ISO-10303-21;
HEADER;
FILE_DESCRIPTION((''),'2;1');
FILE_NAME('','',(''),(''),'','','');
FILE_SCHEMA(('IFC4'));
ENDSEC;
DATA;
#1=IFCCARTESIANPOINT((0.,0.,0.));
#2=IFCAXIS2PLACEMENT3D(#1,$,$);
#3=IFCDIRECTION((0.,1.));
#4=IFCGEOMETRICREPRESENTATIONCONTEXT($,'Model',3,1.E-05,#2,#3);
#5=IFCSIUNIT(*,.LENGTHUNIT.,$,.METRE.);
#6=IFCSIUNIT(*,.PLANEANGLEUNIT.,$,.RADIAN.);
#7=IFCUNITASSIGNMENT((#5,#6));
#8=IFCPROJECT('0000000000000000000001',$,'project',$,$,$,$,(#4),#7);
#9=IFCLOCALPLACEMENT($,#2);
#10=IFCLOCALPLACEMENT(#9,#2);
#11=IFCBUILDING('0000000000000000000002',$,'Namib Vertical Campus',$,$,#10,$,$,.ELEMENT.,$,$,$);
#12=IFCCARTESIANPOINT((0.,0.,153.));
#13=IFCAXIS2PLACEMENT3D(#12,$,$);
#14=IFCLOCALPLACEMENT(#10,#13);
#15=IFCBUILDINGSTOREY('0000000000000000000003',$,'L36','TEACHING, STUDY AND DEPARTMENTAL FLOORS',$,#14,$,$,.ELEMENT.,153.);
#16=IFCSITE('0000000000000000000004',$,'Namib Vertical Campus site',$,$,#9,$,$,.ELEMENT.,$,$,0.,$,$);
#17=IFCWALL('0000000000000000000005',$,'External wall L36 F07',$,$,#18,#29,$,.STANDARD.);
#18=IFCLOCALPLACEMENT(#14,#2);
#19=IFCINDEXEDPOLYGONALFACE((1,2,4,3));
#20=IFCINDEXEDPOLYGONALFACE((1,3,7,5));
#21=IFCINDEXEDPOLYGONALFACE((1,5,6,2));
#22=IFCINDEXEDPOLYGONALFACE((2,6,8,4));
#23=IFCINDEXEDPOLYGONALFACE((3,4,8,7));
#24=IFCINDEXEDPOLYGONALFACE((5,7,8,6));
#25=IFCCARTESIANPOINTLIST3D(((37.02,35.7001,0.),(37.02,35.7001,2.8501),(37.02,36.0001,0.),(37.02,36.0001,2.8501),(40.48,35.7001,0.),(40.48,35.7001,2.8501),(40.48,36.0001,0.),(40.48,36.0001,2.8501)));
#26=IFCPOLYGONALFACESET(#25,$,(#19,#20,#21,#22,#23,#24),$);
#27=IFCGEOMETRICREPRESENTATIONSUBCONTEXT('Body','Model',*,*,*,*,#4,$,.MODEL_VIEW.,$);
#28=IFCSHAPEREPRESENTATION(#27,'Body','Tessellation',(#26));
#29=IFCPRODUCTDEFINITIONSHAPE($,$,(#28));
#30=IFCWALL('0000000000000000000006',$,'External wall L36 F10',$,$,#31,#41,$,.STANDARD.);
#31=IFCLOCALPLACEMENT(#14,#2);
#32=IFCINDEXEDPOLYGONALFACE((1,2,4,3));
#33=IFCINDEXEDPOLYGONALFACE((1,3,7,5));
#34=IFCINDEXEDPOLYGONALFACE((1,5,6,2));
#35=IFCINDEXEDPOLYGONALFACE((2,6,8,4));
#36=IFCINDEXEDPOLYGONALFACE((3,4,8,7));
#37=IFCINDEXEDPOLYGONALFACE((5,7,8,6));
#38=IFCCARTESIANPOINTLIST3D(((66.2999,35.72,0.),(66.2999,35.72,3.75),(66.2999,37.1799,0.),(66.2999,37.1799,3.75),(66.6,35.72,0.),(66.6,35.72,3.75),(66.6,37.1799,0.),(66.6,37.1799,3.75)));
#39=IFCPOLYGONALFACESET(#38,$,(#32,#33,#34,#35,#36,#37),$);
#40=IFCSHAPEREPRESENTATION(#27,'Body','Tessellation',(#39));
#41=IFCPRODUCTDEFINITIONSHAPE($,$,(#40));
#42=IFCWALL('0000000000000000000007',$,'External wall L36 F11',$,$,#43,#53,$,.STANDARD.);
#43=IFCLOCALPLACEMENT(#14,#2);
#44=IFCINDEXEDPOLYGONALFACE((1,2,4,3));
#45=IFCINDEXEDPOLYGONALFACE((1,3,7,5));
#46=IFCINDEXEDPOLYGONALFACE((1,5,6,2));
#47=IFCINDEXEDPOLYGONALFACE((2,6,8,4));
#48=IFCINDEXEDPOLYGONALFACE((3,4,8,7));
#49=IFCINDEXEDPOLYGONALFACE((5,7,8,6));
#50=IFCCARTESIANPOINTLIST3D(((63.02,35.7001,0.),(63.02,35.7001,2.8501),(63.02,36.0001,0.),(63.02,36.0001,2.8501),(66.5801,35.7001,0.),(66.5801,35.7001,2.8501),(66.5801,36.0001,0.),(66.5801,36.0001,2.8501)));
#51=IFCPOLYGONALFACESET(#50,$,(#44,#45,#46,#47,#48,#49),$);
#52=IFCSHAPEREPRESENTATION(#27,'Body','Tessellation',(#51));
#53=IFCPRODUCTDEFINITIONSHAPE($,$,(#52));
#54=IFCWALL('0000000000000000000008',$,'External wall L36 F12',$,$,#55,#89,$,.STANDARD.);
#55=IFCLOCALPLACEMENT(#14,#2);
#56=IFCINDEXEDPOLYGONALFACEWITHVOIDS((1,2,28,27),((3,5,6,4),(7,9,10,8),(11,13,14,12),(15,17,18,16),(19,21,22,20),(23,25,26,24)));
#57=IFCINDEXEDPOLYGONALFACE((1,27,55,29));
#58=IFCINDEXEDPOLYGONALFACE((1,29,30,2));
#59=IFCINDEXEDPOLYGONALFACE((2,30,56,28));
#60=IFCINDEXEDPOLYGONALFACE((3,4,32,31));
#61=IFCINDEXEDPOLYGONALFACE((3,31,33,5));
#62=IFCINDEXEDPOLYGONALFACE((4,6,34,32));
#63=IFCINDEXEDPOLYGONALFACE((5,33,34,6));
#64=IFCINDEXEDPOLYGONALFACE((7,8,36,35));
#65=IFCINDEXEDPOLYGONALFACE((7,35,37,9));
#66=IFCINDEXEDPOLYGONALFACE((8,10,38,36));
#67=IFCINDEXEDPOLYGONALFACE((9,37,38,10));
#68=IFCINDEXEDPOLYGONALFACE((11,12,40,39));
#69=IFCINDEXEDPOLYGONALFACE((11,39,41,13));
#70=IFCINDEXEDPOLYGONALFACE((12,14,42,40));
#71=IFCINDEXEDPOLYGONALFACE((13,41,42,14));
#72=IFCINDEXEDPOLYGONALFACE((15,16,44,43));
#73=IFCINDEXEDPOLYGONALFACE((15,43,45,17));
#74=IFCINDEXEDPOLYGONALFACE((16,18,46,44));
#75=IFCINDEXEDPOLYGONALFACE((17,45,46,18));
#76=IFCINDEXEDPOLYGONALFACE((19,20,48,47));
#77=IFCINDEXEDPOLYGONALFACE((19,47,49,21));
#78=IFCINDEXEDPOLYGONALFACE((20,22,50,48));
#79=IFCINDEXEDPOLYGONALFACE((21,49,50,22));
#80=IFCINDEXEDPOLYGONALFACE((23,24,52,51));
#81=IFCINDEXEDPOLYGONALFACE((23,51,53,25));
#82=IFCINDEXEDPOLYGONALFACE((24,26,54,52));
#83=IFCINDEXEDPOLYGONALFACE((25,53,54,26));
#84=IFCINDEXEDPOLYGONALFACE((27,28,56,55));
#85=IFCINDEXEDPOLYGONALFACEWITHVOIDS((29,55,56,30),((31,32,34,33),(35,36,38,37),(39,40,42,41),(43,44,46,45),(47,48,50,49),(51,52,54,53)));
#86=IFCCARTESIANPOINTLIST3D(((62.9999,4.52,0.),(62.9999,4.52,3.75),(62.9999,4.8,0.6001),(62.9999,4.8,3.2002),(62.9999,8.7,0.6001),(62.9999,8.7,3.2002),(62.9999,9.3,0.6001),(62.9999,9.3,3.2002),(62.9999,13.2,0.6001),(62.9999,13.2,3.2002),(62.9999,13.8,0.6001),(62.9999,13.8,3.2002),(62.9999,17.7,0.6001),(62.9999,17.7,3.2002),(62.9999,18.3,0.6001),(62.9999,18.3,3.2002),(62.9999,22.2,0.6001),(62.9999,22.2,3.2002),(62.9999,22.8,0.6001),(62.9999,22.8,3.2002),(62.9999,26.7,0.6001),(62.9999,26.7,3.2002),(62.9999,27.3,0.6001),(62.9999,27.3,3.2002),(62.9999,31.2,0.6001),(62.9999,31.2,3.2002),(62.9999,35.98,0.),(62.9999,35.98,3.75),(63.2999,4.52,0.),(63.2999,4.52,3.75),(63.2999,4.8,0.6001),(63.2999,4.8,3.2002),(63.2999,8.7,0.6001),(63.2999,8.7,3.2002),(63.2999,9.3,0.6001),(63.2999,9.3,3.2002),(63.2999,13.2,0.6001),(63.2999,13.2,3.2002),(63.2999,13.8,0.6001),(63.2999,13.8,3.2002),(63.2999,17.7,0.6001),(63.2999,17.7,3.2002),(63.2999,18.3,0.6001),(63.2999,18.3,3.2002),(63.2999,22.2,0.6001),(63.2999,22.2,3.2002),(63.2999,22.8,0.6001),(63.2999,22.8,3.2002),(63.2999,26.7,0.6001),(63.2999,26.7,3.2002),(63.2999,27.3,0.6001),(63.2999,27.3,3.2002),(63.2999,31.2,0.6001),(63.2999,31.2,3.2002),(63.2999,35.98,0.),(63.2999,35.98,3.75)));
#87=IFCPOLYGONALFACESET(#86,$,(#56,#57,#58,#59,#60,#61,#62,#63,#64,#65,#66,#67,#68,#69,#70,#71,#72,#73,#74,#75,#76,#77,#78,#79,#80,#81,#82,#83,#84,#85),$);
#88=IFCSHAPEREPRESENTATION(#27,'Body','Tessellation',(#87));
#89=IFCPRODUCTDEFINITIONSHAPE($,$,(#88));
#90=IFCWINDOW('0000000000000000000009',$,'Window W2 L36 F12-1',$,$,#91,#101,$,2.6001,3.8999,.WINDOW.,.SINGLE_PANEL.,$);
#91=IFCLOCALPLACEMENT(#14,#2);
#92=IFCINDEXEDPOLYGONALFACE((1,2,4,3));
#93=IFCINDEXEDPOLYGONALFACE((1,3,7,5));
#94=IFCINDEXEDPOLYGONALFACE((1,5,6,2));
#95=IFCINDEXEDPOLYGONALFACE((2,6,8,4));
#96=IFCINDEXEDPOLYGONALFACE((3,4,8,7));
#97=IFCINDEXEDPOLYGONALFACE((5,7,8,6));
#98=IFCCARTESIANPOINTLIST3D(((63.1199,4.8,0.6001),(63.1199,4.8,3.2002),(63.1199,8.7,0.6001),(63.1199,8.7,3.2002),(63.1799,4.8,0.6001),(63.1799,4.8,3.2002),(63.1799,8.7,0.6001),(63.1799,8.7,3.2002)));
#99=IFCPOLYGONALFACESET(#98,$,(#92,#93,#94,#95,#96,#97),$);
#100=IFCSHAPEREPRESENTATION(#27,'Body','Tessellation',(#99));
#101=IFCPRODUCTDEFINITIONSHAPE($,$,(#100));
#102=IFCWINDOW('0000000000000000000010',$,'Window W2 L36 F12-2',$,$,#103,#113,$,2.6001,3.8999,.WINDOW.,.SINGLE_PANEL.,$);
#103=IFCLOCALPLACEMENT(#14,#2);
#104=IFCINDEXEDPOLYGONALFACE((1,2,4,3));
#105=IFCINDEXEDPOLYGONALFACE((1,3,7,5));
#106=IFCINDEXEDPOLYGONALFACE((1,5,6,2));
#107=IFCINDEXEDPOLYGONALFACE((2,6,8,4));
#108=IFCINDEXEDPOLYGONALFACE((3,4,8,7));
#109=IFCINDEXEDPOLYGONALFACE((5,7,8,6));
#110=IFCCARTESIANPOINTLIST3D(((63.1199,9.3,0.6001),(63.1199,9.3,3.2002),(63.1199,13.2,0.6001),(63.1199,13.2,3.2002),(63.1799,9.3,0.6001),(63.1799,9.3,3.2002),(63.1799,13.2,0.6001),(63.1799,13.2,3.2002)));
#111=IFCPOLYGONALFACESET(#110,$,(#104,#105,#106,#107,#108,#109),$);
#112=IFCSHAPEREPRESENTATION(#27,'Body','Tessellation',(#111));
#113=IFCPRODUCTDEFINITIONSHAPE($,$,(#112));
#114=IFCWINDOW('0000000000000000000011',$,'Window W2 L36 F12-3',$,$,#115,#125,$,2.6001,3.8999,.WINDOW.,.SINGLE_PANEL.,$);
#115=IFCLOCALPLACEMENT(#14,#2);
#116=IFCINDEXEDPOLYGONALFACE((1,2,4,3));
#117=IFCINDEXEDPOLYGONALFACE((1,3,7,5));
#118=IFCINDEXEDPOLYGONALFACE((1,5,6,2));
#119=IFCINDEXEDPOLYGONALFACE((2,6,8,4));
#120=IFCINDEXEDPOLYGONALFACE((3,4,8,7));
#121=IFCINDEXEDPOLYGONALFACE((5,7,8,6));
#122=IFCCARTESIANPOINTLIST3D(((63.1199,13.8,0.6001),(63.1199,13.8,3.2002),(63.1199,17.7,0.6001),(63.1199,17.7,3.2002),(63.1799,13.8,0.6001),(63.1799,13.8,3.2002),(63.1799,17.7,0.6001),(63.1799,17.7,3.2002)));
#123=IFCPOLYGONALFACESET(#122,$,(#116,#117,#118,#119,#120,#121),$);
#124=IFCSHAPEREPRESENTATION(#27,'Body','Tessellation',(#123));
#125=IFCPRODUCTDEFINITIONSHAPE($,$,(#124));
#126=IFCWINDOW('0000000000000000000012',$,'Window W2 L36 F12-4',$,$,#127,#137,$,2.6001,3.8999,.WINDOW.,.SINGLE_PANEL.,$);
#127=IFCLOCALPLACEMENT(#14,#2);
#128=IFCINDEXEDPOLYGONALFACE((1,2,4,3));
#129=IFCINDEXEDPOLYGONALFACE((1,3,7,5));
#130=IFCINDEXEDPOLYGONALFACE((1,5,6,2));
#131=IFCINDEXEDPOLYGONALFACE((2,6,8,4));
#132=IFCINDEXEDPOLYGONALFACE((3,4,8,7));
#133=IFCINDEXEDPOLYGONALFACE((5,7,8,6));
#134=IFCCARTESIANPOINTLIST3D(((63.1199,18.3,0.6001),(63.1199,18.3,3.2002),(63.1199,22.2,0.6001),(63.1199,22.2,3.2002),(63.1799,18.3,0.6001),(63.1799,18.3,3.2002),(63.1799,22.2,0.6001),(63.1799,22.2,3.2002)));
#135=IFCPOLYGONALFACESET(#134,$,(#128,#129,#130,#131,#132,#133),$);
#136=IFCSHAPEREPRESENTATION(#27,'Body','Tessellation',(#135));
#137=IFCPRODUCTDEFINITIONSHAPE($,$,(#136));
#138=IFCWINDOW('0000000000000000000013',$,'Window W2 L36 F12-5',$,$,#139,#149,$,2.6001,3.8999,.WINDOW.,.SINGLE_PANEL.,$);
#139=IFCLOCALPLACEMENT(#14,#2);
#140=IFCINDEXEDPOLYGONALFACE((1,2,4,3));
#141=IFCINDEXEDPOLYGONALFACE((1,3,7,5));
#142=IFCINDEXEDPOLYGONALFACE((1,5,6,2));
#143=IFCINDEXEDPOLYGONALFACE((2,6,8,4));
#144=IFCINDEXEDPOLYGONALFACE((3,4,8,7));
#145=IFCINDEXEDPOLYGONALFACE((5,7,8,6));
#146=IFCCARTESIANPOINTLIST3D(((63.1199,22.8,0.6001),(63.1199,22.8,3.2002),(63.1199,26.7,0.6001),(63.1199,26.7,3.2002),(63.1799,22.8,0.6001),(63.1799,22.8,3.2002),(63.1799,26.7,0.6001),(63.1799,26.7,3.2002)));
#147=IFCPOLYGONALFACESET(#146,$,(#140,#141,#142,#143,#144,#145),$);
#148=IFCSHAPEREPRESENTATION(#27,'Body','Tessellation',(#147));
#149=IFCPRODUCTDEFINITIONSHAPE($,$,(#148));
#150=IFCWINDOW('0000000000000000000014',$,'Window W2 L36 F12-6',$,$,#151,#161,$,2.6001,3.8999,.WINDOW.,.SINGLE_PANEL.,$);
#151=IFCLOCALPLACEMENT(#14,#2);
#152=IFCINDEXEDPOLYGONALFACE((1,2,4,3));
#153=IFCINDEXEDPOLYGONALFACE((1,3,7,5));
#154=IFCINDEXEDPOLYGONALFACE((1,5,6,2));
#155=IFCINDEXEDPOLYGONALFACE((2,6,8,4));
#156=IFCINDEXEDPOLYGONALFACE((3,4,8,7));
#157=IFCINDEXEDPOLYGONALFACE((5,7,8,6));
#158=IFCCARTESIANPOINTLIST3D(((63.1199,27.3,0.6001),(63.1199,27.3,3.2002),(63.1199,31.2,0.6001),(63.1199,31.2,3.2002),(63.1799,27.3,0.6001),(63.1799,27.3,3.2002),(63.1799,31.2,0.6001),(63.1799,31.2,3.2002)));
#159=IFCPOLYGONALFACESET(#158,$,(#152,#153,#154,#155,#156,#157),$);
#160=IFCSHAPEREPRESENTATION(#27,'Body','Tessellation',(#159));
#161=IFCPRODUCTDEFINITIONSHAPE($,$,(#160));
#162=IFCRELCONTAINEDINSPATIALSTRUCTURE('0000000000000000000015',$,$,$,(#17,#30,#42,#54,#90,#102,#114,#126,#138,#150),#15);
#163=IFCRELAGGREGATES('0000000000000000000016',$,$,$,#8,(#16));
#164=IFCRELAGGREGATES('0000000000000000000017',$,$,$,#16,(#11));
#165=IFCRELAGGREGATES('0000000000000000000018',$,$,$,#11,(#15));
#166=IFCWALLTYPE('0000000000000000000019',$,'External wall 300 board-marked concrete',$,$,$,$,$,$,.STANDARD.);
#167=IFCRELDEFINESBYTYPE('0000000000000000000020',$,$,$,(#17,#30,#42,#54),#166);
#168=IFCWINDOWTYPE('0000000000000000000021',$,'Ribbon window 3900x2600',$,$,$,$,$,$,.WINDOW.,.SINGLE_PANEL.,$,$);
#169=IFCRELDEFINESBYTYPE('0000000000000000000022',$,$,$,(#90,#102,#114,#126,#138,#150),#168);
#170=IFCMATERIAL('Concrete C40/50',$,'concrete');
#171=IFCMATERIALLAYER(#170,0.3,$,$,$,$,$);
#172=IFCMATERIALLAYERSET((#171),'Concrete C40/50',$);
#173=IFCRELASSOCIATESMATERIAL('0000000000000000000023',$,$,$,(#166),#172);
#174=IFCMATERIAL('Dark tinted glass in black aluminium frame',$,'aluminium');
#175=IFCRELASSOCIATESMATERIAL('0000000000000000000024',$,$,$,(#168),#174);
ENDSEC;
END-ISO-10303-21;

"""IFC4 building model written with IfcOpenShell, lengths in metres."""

from ifc_helpers import new_model, si_unit, direction, frame, frame_2d, origin, place, context, subcontext, project, spatial, rectangle, extrude, material, layer, layer_set, type_object, element, fill, save


model = new_model("IFC4")

# Units and contexts
model_context = context("Model", 3, precision=1e-05, world=origin(), true_north=direction((0.0, 1.0)))
body_context = subcontext(model_context, "Body", "Model", "MODEL_VIEW")
ifc_project = project(units=[si_unit("LENGTHUNIT", "METRE"), si_unit("PLANEANGLEUNIT", "RADIAN")], contexts=[model_context])

# Site, building, storey
site_placement = place(None, origin())
site = spatial("IfcSite", under=ifc_project, at=site_placement, Name="Namib Vertical Campus site", CompositionType="ELEMENT", RefElevation=0.0)
building_placement = place(site_placement, origin())
building = spatial("IfcBuilding", under=site, at=building_placement, Name="Namib Vertical Campus", CompositionType="ELEMENT")
storey_placement = place(building_placement, frame((0.0, 0.0, 153.0)))
storey = spatial("IfcBuildingStorey", under=building, at=storey_placement, Name="L36", Description="TEACHING, STUDY AND DEPARTMENTAL FLOORS", CompositionType="ELEMENT", Elevation=153.0)

# Walls
ifc_material_1 = material(Name="Concrete C40/50", Category="concrete")
ifc_layer_1 = layer(ifc_material_1, 0.3)
ifc_layer_set_1 = layer_set([ifc_layer_1], Name="Concrete C40/50")
wall_type_1 = type_object("IfcWallType", Name="External wall 300 board-marked concrete", PredefinedType="STANDARD", material=ifc_layer_set_1)
wall_1_placement = place(storey_placement, frame((40.48, 35.8501, 0.0), z_axis=(0.0, 0.0, 1.0), x_axis=(-1.0, 0.0, 0.0)))
element("IfcWall", 1, at=wall_1_placement, inside=storey, type_object=wall_type_1, Name="External wall L36 F07", PredefinedType="STANDARD", context=body_context, shape_type="SweptSolid", body=[
    extrude(rectangle(XDim=3.46, YDim=0.3, at=frame_2d((1.73, 0.0))), origin(), (0.0, 0.0, 1.0), 2.8501),
])
wall_2_placement = place(storey_placement, frame((66.45, 37.1799, 0.0), z_axis=(0.0, 0.0, 1.0), x_axis=(0.0, -1.0, 0.0)))
element("IfcWall", 2, at=wall_2_placement, inside=storey, type_object=wall_type_1, Name="External wall L36 F10", PredefinedType="STANDARD", context=body_context, shape_type="SweptSolid", body=[
    extrude(rectangle(XDim=1.46, YDim=0.3, at=frame_2d((0.73, 0.0))), origin(), (0.0, 0.0, 1.0), 3.75),
])
wall_3_placement = place(storey_placement, frame((66.5801, 35.8501, 0.0), z_axis=(0.0, 0.0, 1.0), x_axis=(-1.0, 0.0, 0.0)))
element("IfcWall", 3, at=wall_3_placement, inside=storey, type_object=wall_type_1, Name="External wall L36 F11", PredefinedType="STANDARD", context=body_context, shape_type="SweptSolid", body=[
    extrude(rectangle(XDim=3.5601, YDim=0.3, at=frame_2d((1.78, 0.0))), origin(), (0.0, 0.0, 1.0), 2.8501),
])

# Wall, openings, windows
wall_4_placement = place(storey_placement, frame((63.1499, 35.98, 0.0), z_axis=(0.0, 0.0, 1.0), x_axis=(0.0, -1.0, 0.0)))
wall_4 = element("IfcWall", 4, at=wall_4_placement, inside=storey, type_object=wall_type_1, Name="External wall L36 F12", PredefinedType="STANDARD", context=body_context, shape_type="SweptSolid", body=[
    extrude(rectangle(XDim=31.46, YDim=0.3, at=frame_2d((15.73, 0.0))), origin(), (0.0, 0.0, 1.0), 3.75),
])
opening_1_placement = place(wall_4_placement, frame((27.28, 0.0, 0.6001)))
opening_1 = element("IfcOpeningElement", 5, at=opening_1_placement, cuts=wall_4, PredefinedType="OPENING", context=body_context, shape_type="SweptSolid", body=[
    extrude(rectangle(XDim=3.8999, YDim=2.6001, at=frame_2d((1.95, 1.3))), frame((0.0, 0.1599, 0.0), z_axis=(0.0, -1.0, 0.0), x_axis=(1.0, 0.0, 0.0)), (0.0, 0.0, 1.0), 0.3201),
])
opening_2_placement = place(wall_4_placement, frame((22.78, 0.0, 0.6001)))
opening_2 = element("IfcOpeningElement", 6, at=opening_2_placement, cuts=wall_4, PredefinedType="OPENING", context=body_context, shape_type="SweptSolid", body=[
    extrude(rectangle(XDim=3.8999, YDim=2.6001, at=frame_2d((1.95, 1.3))), frame((0.0, 0.1599, 0.0), z_axis=(0.0, -1.0, 0.0), x_axis=(1.0, 0.0, 0.0)), (0.0, 0.0, 1.0), 0.3201),
])
opening_3_placement = place(wall_4_placement, frame((18.28, 0.0, 0.6001)))
opening_3 = element("IfcOpeningElement", 7, at=opening_3_placement, cuts=wall_4, PredefinedType="OPENING", context=body_context, shape_type="SweptSolid", body=[
    extrude(rectangle(XDim=3.8999, YDim=2.6001, at=frame_2d((1.95, 1.3))), frame((0.0, 0.1599, 0.0), z_axis=(0.0, -1.0, 0.0), x_axis=(1.0, 0.0, 0.0)), (0.0, 0.0, 1.0), 0.3201),
])
opening_4_placement = place(wall_4_placement, frame((13.78, 0.0, 0.6001)))
opening_4 = element("IfcOpeningElement", 8, at=opening_4_placement, cuts=wall_4, PredefinedType="OPENING", context=body_context, shape_type="SweptSolid", body=[
    extrude(rectangle(XDim=3.8999, YDim=2.6001, at=frame_2d((1.95, 1.3))), frame((0.0, 0.1599, 0.0), z_axis=(0.0, -1.0, 0.0), x_axis=(1.0, 0.0, 0.0)), (0.0, 0.0, 1.0), 0.3201),
])
opening_5_placement = place(wall_4_placement, frame((9.28, 0.0, 0.6001)))
opening_5 = element("IfcOpeningElement", 9, at=opening_5_placement, cuts=wall_4, PredefinedType="OPENING", context=body_context, shape_type="SweptSolid", body=[
    extrude(rectangle(XDim=3.8999, YDim=2.6001, at=frame_2d((1.95, 1.3))), frame((0.0, 0.1599, 0.0), z_axis=(0.0, -1.0, 0.0), x_axis=(1.0, 0.0, 0.0)), (0.0, 0.0, 1.0), 0.3201),
])
opening_6_placement = place(wall_4_placement, frame((4.78, 0.0, 0.6001)))
opening_6 = element("IfcOpeningElement", 10, at=opening_6_placement, cuts=wall_4, PredefinedType="OPENING", context=body_context, shape_type="SweptSolid", body=[
    extrude(rectangle(XDim=3.8999, YDim=2.6001, at=frame_2d((1.95, 1.3))), frame((0.0, 0.1599, 0.0), z_axis=(0.0, -1.0, 0.0), x_axis=(1.0, 0.0, 0.0)), (0.0, 0.0, 1.0), 0.3201),
])
ifc_material_2 = material(Name="Dark tinted glass in black aluminium frame", Category="aluminium")
window_type = type_object("IfcWindowType", Name="Ribbon window 3900x2600", PartitioningType="SINGLE_PANEL", PredefinedType="WINDOW", material=ifc_material_2)
window_1_placement = place(opening_1_placement, origin())
window_1 = element("IfcWindow", 11, at=window_1_placement, inside=storey, type_object=window_type, Name="Window W2 L36 F12-1", OverallHeight=2.6001, OverallWidth=3.8999, PartitioningType="SINGLE_PANEL", PredefinedType="WINDOW", context=body_context, shape_type="SweptSolid", body=[
    extrude(rectangle(XDim=3.8999, YDim=2.6001, at=frame_2d((1.95, 1.3))), frame((0.0, 0.03, 0.0), z_axis=(0.0, -1.0, 0.0), x_axis=(1.0, 0.0, 0.0)), (0.0, 0.0, 1.0), 0.0601),
])
fill(opening_1, window_1)
window_2_placement = place(opening_2_placement, origin())
window_2 = element("IfcWindow", 12, at=window_2_placement, inside=storey, type_object=window_type, Name="Window W2 L36 F12-2", OverallHeight=2.6001, OverallWidth=3.8999, PartitioningType="SINGLE_PANEL", PredefinedType="WINDOW", context=body_context, shape_type="SweptSolid", body=[
    extrude(rectangle(XDim=3.8999, YDim=2.6001, at=frame_2d((1.95, 1.3))), frame((0.0, 0.03, 0.0), z_axis=(0.0, -1.0, 0.0), x_axis=(1.0, 0.0, 0.0)), (0.0, 0.0, 1.0), 0.0601),
])
fill(opening_2, window_2)
window_3_placement = place(opening_3_placement, origin())
window_3 = element("IfcWindow", 13, at=window_3_placement, inside=storey, type_object=window_type, Name="Window W2 L36 F12-3", OverallHeight=2.6001, OverallWidth=3.8999, PartitioningType="SINGLE_PANEL", PredefinedType="WINDOW", context=body_context, shape_type="SweptSolid", body=[
    extrude(rectangle(XDim=3.8999, YDim=2.6001, at=frame_2d((1.95, 1.3))), frame((0.0, 0.03, 0.0), z_axis=(0.0, -1.0, 0.0), x_axis=(1.0, 0.0, 0.0)), (0.0, 0.0, 1.0), 0.0601),
])
fill(opening_3, window_3)
window_4_placement = place(opening_4_placement, origin())
window_4 = element("IfcWindow", 14, at=window_4_placement, inside=storey, type_object=window_type, Name="Window W2 L36 F12-4", OverallHeight=2.6001, OverallWidth=3.8999, PartitioningType="SINGLE_PANEL", PredefinedType="WINDOW", context=body_context, shape_type="SweptSolid", body=[
    extrude(rectangle(XDim=3.8999, YDim=2.6001, at=frame_2d((1.95, 1.3))), frame((0.0, 0.03, 0.0), z_axis=(0.0, -1.0, 0.0), x_axis=(1.0, 0.0, 0.0)), (0.0, 0.0, 1.0), 0.0601),
])
fill(opening_4, window_4)
window_5_placement = place(opening_5_placement, origin())
window_5 = element("IfcWindow", 15, at=window_5_placement, inside=storey, type_object=window_type, Name="Window W2 L36 F12-5", OverallHeight=2.6001, OverallWidth=3.8999, PartitioningType="SINGLE_PANEL", PredefinedType="WINDOW", context=body_context, shape_type="SweptSolid", body=[
    extrude(rectangle(XDim=3.8999, YDim=2.6001, at=frame_2d((1.95, 1.3))), frame((0.0, 0.03, 0.0), z_axis=(0.0, -1.0, 0.0), x_axis=(1.0, 0.0, 0.0)), (0.0, 0.0, 1.0), 0.0601),
])
fill(opening_5, window_5)
window_6_placement = place(opening_6_placement, origin())
window_6 = element("IfcWindow", 16, at=window_6_placement, inside=storey, type_object=window_type, Name="Window W2 L36 F12-6", OverallHeight=2.6001, OverallWidth=3.8999, PartitioningType="SINGLE_PANEL", PredefinedType="WINDOW", context=body_context, shape_type="SweptSolid", body=[
    extrude(rectangle(XDim=3.8999, YDim=2.6001, at=frame_2d((1.95, 1.3))), frame((0.0, 0.03, 0.0), z_axis=(0.0, -1.0, 0.0), x_axis=(1.0, 0.0, 0.0)), (0.0, 0.0, 1.0), 0.0601),
])
fill(opening_6, window_6)

save(model, "model.ifc")
